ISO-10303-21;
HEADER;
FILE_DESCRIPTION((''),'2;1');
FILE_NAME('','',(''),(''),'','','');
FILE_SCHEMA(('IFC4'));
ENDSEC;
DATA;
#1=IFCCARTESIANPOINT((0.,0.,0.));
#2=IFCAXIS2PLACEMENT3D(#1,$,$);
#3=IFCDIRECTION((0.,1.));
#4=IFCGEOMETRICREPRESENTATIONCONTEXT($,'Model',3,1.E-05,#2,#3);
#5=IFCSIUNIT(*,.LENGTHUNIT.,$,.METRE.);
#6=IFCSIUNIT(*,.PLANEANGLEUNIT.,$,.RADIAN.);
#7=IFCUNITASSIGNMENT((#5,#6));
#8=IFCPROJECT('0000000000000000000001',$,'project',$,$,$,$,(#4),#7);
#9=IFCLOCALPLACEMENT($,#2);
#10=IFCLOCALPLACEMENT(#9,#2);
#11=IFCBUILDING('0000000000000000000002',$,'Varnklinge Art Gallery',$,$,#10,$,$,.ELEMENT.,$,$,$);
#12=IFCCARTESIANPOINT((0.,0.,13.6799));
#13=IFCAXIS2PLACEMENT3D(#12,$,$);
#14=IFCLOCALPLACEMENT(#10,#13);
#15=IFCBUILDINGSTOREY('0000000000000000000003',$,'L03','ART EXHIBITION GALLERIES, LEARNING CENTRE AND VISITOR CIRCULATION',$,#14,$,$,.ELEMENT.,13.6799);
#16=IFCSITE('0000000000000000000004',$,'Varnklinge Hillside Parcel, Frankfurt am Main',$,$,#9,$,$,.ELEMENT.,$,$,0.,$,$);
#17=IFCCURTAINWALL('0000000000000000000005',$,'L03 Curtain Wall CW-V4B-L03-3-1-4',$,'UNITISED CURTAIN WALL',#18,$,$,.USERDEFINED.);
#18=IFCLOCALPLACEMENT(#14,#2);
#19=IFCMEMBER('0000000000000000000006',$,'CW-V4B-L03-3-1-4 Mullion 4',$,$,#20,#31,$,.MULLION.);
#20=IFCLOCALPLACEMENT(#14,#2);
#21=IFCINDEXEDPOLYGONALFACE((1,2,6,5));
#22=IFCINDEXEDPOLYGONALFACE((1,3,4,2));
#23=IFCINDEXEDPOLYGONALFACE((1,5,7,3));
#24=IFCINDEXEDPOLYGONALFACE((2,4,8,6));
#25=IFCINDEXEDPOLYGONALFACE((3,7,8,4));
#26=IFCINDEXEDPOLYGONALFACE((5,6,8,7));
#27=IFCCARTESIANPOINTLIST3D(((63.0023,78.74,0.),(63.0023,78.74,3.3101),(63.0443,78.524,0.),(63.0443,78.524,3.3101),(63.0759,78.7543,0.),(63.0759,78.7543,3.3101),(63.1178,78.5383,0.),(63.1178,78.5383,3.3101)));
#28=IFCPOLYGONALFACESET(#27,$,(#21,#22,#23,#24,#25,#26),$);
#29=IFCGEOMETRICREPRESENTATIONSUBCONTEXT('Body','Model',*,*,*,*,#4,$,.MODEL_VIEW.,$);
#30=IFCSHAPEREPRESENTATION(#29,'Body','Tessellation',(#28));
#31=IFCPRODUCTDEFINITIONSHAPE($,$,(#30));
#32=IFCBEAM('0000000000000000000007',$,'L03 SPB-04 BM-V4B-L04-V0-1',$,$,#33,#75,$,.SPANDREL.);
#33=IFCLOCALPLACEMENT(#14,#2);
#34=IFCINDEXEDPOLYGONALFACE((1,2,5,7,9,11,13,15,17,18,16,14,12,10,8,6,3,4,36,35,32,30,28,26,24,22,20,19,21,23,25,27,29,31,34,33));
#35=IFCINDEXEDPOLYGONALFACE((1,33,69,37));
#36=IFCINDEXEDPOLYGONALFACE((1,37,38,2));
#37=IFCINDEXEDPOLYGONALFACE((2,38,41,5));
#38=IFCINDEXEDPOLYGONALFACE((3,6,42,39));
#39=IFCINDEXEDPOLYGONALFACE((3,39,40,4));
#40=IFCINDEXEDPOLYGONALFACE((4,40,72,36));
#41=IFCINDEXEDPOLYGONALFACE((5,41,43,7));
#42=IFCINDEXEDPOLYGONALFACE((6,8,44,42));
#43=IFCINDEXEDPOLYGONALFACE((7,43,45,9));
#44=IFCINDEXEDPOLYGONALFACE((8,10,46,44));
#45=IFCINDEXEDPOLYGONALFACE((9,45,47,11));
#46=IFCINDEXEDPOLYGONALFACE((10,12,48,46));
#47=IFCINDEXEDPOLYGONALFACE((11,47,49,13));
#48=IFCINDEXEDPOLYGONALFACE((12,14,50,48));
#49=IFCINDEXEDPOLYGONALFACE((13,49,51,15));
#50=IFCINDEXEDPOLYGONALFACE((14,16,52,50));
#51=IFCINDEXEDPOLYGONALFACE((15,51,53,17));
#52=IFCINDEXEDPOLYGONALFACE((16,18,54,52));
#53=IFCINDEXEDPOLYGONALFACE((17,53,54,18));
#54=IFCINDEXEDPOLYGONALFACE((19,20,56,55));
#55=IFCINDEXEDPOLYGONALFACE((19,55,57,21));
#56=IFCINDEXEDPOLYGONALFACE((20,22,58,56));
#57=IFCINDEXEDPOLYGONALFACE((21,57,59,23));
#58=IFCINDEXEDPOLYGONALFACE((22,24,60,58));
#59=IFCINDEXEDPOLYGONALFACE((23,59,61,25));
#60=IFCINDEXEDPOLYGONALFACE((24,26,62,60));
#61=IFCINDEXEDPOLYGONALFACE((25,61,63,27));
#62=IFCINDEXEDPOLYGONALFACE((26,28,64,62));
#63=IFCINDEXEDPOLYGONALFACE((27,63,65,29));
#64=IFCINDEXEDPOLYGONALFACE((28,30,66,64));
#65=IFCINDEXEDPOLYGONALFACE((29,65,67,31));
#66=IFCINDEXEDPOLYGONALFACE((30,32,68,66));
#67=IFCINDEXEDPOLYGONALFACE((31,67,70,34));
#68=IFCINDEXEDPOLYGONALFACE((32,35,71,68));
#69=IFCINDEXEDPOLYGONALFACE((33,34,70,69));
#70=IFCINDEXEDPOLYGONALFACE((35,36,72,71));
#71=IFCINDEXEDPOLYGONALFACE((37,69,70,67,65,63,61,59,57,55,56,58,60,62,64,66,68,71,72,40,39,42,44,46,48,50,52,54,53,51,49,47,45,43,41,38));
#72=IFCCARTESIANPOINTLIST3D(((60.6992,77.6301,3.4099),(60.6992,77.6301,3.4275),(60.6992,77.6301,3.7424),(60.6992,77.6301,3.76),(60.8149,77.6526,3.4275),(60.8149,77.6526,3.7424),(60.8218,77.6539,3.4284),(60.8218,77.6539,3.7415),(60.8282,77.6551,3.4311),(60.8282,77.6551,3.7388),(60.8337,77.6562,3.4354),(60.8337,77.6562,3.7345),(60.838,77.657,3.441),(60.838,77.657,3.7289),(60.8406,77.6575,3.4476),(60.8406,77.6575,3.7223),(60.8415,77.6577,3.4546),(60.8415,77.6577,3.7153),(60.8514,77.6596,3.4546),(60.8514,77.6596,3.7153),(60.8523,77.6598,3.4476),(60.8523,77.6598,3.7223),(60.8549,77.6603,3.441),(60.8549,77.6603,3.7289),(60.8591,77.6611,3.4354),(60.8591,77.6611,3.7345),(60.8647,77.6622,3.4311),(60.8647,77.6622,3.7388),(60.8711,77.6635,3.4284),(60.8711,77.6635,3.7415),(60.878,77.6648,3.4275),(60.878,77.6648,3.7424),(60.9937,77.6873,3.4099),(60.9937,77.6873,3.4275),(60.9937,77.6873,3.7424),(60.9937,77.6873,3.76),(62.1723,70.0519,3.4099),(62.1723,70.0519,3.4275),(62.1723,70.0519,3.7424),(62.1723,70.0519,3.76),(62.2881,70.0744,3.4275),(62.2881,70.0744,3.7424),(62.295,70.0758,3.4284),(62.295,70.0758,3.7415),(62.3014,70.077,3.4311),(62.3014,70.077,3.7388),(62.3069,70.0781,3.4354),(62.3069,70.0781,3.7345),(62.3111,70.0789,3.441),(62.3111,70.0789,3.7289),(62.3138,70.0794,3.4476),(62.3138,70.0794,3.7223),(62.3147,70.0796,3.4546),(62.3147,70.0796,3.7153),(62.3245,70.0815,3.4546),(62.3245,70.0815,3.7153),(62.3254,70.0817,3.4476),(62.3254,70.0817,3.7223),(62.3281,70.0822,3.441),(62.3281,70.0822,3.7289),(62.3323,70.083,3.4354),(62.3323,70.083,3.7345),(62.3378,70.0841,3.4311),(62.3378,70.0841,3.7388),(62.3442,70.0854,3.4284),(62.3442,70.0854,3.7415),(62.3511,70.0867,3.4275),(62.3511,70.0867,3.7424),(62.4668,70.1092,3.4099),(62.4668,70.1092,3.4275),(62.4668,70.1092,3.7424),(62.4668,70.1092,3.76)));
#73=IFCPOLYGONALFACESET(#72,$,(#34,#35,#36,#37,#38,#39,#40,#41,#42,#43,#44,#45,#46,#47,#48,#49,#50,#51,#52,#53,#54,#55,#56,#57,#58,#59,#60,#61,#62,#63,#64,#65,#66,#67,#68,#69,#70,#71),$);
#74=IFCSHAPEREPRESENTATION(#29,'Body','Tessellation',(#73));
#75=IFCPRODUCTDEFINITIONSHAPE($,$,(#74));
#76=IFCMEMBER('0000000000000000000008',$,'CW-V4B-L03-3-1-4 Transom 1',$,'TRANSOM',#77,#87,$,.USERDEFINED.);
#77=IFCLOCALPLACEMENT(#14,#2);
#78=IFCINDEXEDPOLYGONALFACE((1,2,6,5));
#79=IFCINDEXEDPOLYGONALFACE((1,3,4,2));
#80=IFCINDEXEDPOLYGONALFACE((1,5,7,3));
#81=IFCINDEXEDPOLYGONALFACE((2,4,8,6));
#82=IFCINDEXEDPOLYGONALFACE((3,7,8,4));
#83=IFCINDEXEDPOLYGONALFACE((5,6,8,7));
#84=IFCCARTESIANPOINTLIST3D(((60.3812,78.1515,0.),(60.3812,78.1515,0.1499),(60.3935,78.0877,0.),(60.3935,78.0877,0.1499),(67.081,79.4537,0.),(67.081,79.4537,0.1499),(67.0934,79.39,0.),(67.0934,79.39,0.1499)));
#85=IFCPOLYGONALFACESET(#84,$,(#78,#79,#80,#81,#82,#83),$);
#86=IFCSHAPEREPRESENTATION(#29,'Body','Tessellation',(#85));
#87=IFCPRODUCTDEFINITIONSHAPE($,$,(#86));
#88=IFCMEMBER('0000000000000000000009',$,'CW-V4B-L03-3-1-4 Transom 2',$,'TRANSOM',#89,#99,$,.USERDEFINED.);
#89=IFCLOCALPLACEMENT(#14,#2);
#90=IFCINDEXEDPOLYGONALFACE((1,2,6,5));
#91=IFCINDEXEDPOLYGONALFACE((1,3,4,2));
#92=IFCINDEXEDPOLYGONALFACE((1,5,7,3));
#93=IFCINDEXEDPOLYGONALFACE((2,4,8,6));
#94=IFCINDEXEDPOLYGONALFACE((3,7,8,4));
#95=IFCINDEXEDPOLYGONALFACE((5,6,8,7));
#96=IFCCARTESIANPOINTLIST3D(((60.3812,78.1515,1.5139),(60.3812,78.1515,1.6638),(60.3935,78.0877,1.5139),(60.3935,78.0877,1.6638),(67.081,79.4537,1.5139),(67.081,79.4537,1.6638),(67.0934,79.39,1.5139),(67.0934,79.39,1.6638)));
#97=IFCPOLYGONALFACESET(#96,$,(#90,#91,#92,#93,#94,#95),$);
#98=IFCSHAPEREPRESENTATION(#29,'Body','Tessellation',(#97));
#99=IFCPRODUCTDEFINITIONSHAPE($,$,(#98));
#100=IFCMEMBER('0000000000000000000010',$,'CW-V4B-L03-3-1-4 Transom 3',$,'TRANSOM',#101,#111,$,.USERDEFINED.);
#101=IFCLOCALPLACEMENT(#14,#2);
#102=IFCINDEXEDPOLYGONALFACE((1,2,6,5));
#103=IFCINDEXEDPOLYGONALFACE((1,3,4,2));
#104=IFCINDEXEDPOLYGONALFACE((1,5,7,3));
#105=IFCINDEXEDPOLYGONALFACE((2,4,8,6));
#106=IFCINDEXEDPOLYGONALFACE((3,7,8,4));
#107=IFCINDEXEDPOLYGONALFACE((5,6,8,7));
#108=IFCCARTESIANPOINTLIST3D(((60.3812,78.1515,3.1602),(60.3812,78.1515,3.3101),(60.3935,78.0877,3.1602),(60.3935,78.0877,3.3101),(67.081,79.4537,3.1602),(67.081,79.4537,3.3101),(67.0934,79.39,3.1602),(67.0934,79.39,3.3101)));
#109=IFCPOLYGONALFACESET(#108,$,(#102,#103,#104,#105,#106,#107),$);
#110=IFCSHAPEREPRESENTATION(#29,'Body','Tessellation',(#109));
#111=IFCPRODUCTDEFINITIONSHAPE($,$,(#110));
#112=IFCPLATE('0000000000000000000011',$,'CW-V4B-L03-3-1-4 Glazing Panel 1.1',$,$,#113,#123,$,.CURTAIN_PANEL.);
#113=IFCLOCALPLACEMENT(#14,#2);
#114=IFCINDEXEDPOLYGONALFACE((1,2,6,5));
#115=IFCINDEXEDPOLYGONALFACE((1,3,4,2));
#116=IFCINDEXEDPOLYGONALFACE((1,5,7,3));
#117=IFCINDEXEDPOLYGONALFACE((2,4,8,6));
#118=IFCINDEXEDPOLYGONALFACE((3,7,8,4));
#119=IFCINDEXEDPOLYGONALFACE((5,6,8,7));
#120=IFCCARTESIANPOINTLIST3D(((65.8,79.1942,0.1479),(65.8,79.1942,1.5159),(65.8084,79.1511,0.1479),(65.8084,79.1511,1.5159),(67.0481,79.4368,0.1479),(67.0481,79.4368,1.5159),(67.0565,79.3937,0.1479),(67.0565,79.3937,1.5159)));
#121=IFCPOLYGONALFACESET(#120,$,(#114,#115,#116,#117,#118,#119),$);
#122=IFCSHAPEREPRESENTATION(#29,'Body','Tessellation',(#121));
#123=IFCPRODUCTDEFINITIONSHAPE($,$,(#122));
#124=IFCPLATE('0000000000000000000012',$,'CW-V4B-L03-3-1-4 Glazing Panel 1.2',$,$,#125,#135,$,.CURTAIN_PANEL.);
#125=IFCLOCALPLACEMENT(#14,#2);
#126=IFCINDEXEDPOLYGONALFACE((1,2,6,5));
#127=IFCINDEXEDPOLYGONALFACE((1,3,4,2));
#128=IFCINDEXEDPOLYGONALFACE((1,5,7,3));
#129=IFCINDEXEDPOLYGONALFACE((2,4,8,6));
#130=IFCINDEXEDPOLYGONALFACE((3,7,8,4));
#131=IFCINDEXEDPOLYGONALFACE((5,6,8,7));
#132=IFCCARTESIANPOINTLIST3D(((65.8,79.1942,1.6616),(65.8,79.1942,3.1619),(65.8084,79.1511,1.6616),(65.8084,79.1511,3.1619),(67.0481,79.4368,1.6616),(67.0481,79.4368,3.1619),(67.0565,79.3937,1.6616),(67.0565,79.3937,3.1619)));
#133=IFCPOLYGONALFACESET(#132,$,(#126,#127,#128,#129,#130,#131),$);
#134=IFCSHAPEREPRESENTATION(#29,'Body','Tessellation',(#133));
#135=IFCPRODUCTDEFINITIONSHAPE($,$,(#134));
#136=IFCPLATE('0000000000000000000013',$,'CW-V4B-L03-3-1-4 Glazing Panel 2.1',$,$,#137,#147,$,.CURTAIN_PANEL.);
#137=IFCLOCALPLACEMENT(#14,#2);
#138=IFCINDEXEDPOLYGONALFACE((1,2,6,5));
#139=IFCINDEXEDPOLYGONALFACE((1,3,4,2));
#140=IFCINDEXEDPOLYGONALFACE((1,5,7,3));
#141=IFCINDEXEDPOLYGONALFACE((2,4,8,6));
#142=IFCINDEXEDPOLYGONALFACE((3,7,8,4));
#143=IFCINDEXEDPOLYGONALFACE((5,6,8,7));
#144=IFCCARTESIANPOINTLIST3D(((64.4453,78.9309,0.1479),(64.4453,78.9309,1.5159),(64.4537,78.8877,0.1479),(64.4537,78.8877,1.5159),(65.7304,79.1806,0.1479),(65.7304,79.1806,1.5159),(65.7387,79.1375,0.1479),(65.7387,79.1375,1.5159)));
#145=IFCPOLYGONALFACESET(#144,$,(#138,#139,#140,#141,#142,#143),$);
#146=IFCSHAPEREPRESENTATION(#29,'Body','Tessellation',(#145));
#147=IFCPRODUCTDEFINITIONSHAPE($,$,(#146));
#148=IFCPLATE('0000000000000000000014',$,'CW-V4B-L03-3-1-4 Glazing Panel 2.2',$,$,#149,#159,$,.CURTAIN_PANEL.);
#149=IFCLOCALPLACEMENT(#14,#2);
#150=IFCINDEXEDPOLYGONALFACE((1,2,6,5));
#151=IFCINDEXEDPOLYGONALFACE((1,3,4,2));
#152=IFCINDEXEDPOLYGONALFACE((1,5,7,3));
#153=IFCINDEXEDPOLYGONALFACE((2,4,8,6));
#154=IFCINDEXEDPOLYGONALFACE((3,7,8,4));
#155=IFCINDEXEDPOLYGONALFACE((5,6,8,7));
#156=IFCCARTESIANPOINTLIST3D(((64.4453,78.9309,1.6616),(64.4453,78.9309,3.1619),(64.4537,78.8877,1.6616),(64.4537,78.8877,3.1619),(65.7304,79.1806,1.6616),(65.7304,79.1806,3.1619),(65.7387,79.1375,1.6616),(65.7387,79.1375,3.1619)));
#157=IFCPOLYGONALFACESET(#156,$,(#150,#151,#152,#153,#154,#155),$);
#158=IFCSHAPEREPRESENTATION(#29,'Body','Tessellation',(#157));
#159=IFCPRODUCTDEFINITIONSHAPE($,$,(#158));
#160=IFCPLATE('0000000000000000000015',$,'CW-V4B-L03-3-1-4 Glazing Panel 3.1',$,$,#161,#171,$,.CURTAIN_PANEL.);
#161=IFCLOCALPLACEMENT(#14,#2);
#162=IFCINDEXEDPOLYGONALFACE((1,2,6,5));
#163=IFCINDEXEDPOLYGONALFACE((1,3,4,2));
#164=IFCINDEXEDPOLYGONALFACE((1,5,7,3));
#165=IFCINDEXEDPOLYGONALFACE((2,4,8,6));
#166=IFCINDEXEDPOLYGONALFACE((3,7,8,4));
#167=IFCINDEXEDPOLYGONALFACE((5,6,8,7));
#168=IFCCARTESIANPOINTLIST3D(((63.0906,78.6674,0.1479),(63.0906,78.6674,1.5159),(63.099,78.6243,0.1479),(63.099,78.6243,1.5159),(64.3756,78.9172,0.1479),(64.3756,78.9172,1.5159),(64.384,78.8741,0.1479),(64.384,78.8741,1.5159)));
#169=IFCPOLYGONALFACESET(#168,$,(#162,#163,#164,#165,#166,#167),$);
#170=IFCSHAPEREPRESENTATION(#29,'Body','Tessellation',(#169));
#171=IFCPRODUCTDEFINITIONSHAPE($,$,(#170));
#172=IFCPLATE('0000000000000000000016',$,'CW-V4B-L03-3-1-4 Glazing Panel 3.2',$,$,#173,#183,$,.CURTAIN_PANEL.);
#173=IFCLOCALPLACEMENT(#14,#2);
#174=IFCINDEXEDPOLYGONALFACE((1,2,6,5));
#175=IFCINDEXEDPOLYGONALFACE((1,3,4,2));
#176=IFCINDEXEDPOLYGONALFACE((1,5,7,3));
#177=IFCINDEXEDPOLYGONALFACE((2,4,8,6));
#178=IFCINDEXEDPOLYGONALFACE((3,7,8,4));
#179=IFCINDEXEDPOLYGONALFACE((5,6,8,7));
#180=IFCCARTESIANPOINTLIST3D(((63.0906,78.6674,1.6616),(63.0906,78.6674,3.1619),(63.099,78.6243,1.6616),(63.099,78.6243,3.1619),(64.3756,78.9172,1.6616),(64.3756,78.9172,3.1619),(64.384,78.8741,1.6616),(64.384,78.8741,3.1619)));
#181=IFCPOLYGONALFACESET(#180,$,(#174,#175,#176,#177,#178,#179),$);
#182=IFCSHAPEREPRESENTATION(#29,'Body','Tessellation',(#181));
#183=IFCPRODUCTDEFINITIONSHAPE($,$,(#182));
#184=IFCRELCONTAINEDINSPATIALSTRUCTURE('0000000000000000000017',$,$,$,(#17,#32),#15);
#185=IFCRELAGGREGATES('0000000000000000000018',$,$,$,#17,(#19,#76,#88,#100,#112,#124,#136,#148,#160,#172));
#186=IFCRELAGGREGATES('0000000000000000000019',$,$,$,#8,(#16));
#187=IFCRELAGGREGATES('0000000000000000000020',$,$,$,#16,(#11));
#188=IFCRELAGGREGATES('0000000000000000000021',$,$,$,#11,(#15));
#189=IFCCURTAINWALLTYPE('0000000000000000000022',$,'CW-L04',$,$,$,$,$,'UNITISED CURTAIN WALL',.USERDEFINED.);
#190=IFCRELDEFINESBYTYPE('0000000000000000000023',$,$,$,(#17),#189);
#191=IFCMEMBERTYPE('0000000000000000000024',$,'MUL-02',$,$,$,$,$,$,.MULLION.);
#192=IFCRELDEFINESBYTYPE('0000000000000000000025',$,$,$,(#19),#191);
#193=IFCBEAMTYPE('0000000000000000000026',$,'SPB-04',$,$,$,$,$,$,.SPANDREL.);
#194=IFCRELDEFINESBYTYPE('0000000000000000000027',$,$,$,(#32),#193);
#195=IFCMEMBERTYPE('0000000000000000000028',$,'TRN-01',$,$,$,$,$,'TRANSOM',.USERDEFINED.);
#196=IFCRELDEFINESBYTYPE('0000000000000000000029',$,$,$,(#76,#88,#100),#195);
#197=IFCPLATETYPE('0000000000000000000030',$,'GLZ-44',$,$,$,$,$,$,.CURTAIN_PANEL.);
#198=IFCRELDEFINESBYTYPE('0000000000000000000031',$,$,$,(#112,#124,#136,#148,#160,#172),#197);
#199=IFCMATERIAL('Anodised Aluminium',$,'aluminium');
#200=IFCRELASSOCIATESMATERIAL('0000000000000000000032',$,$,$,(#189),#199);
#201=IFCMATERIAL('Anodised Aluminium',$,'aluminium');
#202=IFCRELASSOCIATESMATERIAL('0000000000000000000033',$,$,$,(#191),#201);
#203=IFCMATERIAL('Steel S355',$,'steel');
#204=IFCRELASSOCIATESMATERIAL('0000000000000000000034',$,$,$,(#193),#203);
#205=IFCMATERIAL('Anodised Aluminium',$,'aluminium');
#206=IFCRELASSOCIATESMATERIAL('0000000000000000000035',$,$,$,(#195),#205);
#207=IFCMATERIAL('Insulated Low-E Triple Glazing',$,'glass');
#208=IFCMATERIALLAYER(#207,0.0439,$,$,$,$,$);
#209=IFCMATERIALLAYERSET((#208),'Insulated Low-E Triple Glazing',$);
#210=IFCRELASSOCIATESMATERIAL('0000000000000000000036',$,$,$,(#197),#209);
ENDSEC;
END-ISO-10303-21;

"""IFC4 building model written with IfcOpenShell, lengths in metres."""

from ifc_helpers import new_model, si_unit, direction, frame, origin, origin_2d, place, context, subcontext, project, spatial, rectangle, i_section, extrude, material, layer, layer_set, material_profile, profile_set, type_object, element, aggregate, save


model = new_model("IFC4")

# Units and contexts
model_context = context("Model", 3, precision=1e-05, world=origin(), true_north=direction((0.0, 1.0)))
body_context = subcontext(model_context, "Body", "Model", "MODEL_VIEW")
ifc_project = project(units=[si_unit("LENGTHUNIT", "METRE"), si_unit("PLANEANGLEUNIT", "RADIAN")], contexts=[model_context])

# Site, building, storey
site_placement = place(None, origin())
site = spatial("IfcSite", under=ifc_project, at=site_placement, Name="Varnklinge Hillside Parcel, Frankfurt am Main", CompositionType="ELEMENT", RefElevation=0.0)
building_placement = place(site_placement, origin())
building = spatial("IfcBuilding", under=site, at=building_placement, Name="Varnklinge Art Gallery", CompositionType="ELEMENT")
storey_placement = place(building_placement, frame((0.0, 0.0, 13.6799)))
storey = spatial("IfcBuildingStorey", under=building, at=storey_placement, Name="L03", Description="ART EXHIBITION GALLERIES, LEARNING CENTRE AND VISITOR CIRCULATION", CompositionType="ELEMENT", Elevation=13.6799)

# Curtain wall, member
ifc_material_1 = material(Name="Anodised Aluminium", Category="aluminium")
curtain_wall_type_1 = type_object("IfcCurtainWallType", Name="CW-L04", ElementType="UNITISED CURTAIN WALL", PredefinedType="USERDEFINED", material=ifc_material_1)
curtain_wall_1_placement = place(storey_placement, origin())
curtain_wall_1 = element("IfcCurtainWall", 1, at=curtain_wall_1_placement, inside=storey, type_object=curtain_wall_type_1, Name="L03 Curtain Wall CW-V4B-L03-3-1-4", ObjectType="UNITISED CURTAIN WALL", PredefinedType="USERDEFINED")
ifc_material_2 = material(Name="Anodised Aluminium", Category="aluminium")
ifc_material_profile_1 = material_profile(ifc_material_2, rectangle(XDim=0.075, YDim=0.22, at=origin_2d()), Name="ALU 75x220")
ifc_profile_set_1 = profile_set([ifc_material_profile_1], Name="Anodised Aluminium")
member_type_1 = type_object("IfcMemberType", Name="MUL-02", PredefinedType="MULLION", material=ifc_profile_set_1)
member_1_placement = place(storey_placement, frame((63.0601, 78.6392, 0.0), z_axis=(0.0, 0.0, 1.0), x_axis=(-0.981627, -0.190809, 0.0)))
member_1 = element("IfcMember", 2, at=member_1_placement, type_object=member_type_1, Name="CW-V4B-L03-3-1-4 Mullion 4", PredefinedType="MULLION", context=body_context, shape_type="SweptSolid", body=[
    extrude(rectangle(XDim=0.075, YDim=0.22, at=origin_2d()), origin(), (0.0, 0.0, 1.0), 3.3101),
])

# Beam
ifc_material_3 = material(Name="Steel S355", Category="steel")
ifc_material_profile_2 = material_profile(ifc_material_3, i_section(OverallWidth=0.3, OverallDepth=0.3501, WebThickness=0.01, FlangeThickness=0.0176, FilletRadius=0.0271, at=origin_2d()), Name="HEA 360")
ifc_profile_set_2 = profile_set([ifc_material_profile_2], Name="Steel S355")
beam_type_1 = type_object("IfcBeamType", Name="SPB-04", PredefinedType="SPANDREL", material=ifc_profile_set_2)
beam_1_placement = place(storey_placement, frame((62.3196, 70.0806, 3.585), z_axis=(-0.190822, 0.981625, 0.0), x_axis=(-0.981625, -0.190822, 0.0)))
element("IfcBeam", 3, at=beam_1_placement, inside=storey, type_object=beam_type_1, Name="L03 SPB-04 BM-V4B-L04-V0-1", PredefinedType="SPANDREL", context=body_context, shape_type="SweptSolid", body=[
    extrude(i_section(OverallWidth=0.3, OverallDepth=0.3501, WebThickness=0.01, FlangeThickness=0.0176, FilletRadius=0.0271, at=origin_2d()), origin(), (0.0, 0.0, 1.0), 7.72),
])

# Members
ifc_material_4 = material(Name="Anodised Aluminium", Category="aluminium")
ifc_material_profile_3 = material_profile(ifc_material_4, rectangle(XDim=0.0649, YDim=0.1499, at=origin_2d()), Name="ALU 65x150")
ifc_profile_set_3 = profile_set([ifc_material_profile_3], Name="Anodised Aluminium")
member_type_2 = type_object("IfcMemberType", Name="TRN-01", ElementType="TRANSOM", PredefinedType="USERDEFINED", material=ifc_profile_set_3)
member_2_placement = place(storey_placement, frame((67.0872, 79.4219, 0.075), z_axis=(-0.981628, -0.190803, 0.0), x_axis=(0.190803, -0.981628, 0.0)))
member_2 = element("IfcMember", 4, at=member_2_placement, type_object=member_type_2, Name="CW-V4B-L03-3-1-4 Transom 1", ObjectType="TRANSOM", PredefinedType="USERDEFINED", context=body_context, shape_type="SweptSolid", body=[
    extrude(rectangle(XDim=0.0649, YDim=0.1499, at=origin_2d()), origin(), (0.0, 0.0, 1.0), 6.8252),
])
member_3_placement = place(storey_placement, frame((67.0872, 79.4219, 1.5889), z_axis=(-0.981628, -0.190803, 0.0), x_axis=(0.190803, -0.981628, 0.0)))
member_3 = element("IfcMember", 5, at=member_3_placement, type_object=member_type_2, Name="CW-V4B-L03-3-1-4 Transom 2", ObjectType="TRANSOM", PredefinedType="USERDEFINED", context=body_context, shape_type="SweptSolid", body=[
    extrude(rectangle(XDim=0.0649, YDim=0.1499, at=origin_2d()), origin(), (0.0, 0.0, 1.0), 6.8252),
])
member_4_placement = place(storey_placement, frame((67.0872, 79.4219, 3.2351), z_axis=(-0.981628, -0.190803, 0.0), x_axis=(0.190803, -0.981628, 0.0)))
member_4 = element("IfcMember", 6, at=member_4_placement, type_object=member_type_2, Name="CW-V4B-L03-3-1-4 Transom 3", ObjectType="TRANSOM", PredefinedType="USERDEFINED", context=body_context, shape_type="SweptSolid", body=[
    extrude(rectangle(XDim=0.0649, YDim=0.1499, at=origin_2d()), origin(), (0.0, 0.0, 1.0), 6.8252),
])

# Plates
ifc_material_5 = material(Name="Insulated Low-E Triple Glazing", Category="glass")
ifc_layer_1 = layer(ifc_material_5, 0.0439)
ifc_layer_set_1 = layer_set([ifc_layer_1], Name="Insulated Low-E Triple Glazing")
plate_type = type_object("IfcPlateType", Name="GLZ-44", PredefinedType="CURTAIN_PANEL", material=ifc_layer_set_1)
plate_1_placement = place(storey_placement, frame((66.4282, 79.2939, 0.1479), z_axis=(0.0, 0.0, 1.0), x_axis=(-0.981627, -0.190809, 0.0)))
plate_1 = element("IfcPlate", 7, at=plate_1_placement, type_object=plate_type, Name="CW-V4B-L03-3-1-4 Glazing Panel 1.1", PredefinedType="CURTAIN_PANEL", context=body_context, shape_type="SweptSolid", body=[
    extrude(rectangle(XDim=1.2715, YDim=0.0439, at=origin_2d()), origin(), (0.0, 0.0, 1.0), 1.3679),
])
plate_2_placement = place(storey_placement, frame((66.4282, 79.2939, 1.6616), z_axis=(0.0, 0.0, 1.0), x_axis=(-0.981627, -0.190809, 0.0)))
plate_2 = element("IfcPlate", 8, at=plate_2_placement, type_object=plate_type, Name="CW-V4B-L03-3-1-4 Glazing Panel 1.2", PredefinedType="CURTAIN_PANEL", context=body_context, shape_type="SweptSolid", body=[
    extrude(rectangle(XDim=1.2715, YDim=0.0439, at=origin_2d()), origin(), (0.0, 0.0, 1.0), 1.5002),
])
plate_3_placement = place(storey_placement, frame((65.092, 79.0342, 0.1479), z_axis=(0.0, 0.0, 1.0), x_axis=(-0.981627, -0.190809, 0.0)))
plate_3 = element("IfcPlate", 9, at=plate_3_placement, type_object=plate_type, Name="CW-V4B-L03-3-1-4 Glazing Panel 2.1", PredefinedType="CURTAIN_PANEL", context=body_context, shape_type="SweptSolid", body=[
    extrude(rectangle(XDim=1.3091, YDim=0.0439, at=origin_2d()), origin(), (0.0, 0.0, 1.0), 1.3679),
])
plate_4_placement = place(storey_placement, frame((65.092, 79.0342, 1.6616), z_axis=(0.0, 0.0, 1.0), x_axis=(-0.981627, -0.190809, 0.0)))
plate_4 = element("IfcPlate", 10, at=plate_4_placement, type_object=plate_type, Name="CW-V4B-L03-3-1-4 Glazing Panel 2.2", PredefinedType="CURTAIN_PANEL", context=body_context, shape_type="SweptSolid", body=[
    extrude(rectangle(XDim=1.3091, YDim=0.0439, at=origin_2d()), origin(), (0.0, 0.0, 1.0), 1.5002),
])
plate_5_placement = place(storey_placement, frame((63.7373, 78.7708, 0.1479), z_axis=(0.0, 0.0, 1.0), x_axis=(-0.981627, -0.190809, 0.0)))
plate_5 = element("IfcPlate", 11, at=plate_5_placement, type_object=plate_type, Name="CW-V4B-L03-3-1-4 Glazing Panel 3.1", PredefinedType="CURTAIN_PANEL", context=body_context, shape_type="SweptSolid", body=[
    extrude(rectangle(XDim=1.3091, YDim=0.0439, at=origin_2d()), origin(), (0.0, 0.0, 1.0), 1.3679),
])
plate_6_placement = place(storey_placement, frame((63.7373, 78.7708, 1.6616), z_axis=(0.0, 0.0, 1.0), x_axis=(-0.981627, -0.190809, 0.0)))
plate_6 = element("IfcPlate", 12, at=plate_6_placement, type_object=plate_type, Name="CW-V4B-L03-3-1-4 Glazing Panel 3.2", PredefinedType="CURTAIN_PANEL", context=body_context, shape_type="SweptSolid", body=[
    extrude(rectangle(XDim=1.3091, YDim=0.0439, at=origin_2d()), origin(), (0.0, 0.0, 1.0), 1.5002),
])
aggregate(curtain_wall_1, [member_1, member_2, member_3, member_4, plate_1, plate_2, plate_3, plate_4, plate_5, plate_6])

save(model, "model.ifc")
